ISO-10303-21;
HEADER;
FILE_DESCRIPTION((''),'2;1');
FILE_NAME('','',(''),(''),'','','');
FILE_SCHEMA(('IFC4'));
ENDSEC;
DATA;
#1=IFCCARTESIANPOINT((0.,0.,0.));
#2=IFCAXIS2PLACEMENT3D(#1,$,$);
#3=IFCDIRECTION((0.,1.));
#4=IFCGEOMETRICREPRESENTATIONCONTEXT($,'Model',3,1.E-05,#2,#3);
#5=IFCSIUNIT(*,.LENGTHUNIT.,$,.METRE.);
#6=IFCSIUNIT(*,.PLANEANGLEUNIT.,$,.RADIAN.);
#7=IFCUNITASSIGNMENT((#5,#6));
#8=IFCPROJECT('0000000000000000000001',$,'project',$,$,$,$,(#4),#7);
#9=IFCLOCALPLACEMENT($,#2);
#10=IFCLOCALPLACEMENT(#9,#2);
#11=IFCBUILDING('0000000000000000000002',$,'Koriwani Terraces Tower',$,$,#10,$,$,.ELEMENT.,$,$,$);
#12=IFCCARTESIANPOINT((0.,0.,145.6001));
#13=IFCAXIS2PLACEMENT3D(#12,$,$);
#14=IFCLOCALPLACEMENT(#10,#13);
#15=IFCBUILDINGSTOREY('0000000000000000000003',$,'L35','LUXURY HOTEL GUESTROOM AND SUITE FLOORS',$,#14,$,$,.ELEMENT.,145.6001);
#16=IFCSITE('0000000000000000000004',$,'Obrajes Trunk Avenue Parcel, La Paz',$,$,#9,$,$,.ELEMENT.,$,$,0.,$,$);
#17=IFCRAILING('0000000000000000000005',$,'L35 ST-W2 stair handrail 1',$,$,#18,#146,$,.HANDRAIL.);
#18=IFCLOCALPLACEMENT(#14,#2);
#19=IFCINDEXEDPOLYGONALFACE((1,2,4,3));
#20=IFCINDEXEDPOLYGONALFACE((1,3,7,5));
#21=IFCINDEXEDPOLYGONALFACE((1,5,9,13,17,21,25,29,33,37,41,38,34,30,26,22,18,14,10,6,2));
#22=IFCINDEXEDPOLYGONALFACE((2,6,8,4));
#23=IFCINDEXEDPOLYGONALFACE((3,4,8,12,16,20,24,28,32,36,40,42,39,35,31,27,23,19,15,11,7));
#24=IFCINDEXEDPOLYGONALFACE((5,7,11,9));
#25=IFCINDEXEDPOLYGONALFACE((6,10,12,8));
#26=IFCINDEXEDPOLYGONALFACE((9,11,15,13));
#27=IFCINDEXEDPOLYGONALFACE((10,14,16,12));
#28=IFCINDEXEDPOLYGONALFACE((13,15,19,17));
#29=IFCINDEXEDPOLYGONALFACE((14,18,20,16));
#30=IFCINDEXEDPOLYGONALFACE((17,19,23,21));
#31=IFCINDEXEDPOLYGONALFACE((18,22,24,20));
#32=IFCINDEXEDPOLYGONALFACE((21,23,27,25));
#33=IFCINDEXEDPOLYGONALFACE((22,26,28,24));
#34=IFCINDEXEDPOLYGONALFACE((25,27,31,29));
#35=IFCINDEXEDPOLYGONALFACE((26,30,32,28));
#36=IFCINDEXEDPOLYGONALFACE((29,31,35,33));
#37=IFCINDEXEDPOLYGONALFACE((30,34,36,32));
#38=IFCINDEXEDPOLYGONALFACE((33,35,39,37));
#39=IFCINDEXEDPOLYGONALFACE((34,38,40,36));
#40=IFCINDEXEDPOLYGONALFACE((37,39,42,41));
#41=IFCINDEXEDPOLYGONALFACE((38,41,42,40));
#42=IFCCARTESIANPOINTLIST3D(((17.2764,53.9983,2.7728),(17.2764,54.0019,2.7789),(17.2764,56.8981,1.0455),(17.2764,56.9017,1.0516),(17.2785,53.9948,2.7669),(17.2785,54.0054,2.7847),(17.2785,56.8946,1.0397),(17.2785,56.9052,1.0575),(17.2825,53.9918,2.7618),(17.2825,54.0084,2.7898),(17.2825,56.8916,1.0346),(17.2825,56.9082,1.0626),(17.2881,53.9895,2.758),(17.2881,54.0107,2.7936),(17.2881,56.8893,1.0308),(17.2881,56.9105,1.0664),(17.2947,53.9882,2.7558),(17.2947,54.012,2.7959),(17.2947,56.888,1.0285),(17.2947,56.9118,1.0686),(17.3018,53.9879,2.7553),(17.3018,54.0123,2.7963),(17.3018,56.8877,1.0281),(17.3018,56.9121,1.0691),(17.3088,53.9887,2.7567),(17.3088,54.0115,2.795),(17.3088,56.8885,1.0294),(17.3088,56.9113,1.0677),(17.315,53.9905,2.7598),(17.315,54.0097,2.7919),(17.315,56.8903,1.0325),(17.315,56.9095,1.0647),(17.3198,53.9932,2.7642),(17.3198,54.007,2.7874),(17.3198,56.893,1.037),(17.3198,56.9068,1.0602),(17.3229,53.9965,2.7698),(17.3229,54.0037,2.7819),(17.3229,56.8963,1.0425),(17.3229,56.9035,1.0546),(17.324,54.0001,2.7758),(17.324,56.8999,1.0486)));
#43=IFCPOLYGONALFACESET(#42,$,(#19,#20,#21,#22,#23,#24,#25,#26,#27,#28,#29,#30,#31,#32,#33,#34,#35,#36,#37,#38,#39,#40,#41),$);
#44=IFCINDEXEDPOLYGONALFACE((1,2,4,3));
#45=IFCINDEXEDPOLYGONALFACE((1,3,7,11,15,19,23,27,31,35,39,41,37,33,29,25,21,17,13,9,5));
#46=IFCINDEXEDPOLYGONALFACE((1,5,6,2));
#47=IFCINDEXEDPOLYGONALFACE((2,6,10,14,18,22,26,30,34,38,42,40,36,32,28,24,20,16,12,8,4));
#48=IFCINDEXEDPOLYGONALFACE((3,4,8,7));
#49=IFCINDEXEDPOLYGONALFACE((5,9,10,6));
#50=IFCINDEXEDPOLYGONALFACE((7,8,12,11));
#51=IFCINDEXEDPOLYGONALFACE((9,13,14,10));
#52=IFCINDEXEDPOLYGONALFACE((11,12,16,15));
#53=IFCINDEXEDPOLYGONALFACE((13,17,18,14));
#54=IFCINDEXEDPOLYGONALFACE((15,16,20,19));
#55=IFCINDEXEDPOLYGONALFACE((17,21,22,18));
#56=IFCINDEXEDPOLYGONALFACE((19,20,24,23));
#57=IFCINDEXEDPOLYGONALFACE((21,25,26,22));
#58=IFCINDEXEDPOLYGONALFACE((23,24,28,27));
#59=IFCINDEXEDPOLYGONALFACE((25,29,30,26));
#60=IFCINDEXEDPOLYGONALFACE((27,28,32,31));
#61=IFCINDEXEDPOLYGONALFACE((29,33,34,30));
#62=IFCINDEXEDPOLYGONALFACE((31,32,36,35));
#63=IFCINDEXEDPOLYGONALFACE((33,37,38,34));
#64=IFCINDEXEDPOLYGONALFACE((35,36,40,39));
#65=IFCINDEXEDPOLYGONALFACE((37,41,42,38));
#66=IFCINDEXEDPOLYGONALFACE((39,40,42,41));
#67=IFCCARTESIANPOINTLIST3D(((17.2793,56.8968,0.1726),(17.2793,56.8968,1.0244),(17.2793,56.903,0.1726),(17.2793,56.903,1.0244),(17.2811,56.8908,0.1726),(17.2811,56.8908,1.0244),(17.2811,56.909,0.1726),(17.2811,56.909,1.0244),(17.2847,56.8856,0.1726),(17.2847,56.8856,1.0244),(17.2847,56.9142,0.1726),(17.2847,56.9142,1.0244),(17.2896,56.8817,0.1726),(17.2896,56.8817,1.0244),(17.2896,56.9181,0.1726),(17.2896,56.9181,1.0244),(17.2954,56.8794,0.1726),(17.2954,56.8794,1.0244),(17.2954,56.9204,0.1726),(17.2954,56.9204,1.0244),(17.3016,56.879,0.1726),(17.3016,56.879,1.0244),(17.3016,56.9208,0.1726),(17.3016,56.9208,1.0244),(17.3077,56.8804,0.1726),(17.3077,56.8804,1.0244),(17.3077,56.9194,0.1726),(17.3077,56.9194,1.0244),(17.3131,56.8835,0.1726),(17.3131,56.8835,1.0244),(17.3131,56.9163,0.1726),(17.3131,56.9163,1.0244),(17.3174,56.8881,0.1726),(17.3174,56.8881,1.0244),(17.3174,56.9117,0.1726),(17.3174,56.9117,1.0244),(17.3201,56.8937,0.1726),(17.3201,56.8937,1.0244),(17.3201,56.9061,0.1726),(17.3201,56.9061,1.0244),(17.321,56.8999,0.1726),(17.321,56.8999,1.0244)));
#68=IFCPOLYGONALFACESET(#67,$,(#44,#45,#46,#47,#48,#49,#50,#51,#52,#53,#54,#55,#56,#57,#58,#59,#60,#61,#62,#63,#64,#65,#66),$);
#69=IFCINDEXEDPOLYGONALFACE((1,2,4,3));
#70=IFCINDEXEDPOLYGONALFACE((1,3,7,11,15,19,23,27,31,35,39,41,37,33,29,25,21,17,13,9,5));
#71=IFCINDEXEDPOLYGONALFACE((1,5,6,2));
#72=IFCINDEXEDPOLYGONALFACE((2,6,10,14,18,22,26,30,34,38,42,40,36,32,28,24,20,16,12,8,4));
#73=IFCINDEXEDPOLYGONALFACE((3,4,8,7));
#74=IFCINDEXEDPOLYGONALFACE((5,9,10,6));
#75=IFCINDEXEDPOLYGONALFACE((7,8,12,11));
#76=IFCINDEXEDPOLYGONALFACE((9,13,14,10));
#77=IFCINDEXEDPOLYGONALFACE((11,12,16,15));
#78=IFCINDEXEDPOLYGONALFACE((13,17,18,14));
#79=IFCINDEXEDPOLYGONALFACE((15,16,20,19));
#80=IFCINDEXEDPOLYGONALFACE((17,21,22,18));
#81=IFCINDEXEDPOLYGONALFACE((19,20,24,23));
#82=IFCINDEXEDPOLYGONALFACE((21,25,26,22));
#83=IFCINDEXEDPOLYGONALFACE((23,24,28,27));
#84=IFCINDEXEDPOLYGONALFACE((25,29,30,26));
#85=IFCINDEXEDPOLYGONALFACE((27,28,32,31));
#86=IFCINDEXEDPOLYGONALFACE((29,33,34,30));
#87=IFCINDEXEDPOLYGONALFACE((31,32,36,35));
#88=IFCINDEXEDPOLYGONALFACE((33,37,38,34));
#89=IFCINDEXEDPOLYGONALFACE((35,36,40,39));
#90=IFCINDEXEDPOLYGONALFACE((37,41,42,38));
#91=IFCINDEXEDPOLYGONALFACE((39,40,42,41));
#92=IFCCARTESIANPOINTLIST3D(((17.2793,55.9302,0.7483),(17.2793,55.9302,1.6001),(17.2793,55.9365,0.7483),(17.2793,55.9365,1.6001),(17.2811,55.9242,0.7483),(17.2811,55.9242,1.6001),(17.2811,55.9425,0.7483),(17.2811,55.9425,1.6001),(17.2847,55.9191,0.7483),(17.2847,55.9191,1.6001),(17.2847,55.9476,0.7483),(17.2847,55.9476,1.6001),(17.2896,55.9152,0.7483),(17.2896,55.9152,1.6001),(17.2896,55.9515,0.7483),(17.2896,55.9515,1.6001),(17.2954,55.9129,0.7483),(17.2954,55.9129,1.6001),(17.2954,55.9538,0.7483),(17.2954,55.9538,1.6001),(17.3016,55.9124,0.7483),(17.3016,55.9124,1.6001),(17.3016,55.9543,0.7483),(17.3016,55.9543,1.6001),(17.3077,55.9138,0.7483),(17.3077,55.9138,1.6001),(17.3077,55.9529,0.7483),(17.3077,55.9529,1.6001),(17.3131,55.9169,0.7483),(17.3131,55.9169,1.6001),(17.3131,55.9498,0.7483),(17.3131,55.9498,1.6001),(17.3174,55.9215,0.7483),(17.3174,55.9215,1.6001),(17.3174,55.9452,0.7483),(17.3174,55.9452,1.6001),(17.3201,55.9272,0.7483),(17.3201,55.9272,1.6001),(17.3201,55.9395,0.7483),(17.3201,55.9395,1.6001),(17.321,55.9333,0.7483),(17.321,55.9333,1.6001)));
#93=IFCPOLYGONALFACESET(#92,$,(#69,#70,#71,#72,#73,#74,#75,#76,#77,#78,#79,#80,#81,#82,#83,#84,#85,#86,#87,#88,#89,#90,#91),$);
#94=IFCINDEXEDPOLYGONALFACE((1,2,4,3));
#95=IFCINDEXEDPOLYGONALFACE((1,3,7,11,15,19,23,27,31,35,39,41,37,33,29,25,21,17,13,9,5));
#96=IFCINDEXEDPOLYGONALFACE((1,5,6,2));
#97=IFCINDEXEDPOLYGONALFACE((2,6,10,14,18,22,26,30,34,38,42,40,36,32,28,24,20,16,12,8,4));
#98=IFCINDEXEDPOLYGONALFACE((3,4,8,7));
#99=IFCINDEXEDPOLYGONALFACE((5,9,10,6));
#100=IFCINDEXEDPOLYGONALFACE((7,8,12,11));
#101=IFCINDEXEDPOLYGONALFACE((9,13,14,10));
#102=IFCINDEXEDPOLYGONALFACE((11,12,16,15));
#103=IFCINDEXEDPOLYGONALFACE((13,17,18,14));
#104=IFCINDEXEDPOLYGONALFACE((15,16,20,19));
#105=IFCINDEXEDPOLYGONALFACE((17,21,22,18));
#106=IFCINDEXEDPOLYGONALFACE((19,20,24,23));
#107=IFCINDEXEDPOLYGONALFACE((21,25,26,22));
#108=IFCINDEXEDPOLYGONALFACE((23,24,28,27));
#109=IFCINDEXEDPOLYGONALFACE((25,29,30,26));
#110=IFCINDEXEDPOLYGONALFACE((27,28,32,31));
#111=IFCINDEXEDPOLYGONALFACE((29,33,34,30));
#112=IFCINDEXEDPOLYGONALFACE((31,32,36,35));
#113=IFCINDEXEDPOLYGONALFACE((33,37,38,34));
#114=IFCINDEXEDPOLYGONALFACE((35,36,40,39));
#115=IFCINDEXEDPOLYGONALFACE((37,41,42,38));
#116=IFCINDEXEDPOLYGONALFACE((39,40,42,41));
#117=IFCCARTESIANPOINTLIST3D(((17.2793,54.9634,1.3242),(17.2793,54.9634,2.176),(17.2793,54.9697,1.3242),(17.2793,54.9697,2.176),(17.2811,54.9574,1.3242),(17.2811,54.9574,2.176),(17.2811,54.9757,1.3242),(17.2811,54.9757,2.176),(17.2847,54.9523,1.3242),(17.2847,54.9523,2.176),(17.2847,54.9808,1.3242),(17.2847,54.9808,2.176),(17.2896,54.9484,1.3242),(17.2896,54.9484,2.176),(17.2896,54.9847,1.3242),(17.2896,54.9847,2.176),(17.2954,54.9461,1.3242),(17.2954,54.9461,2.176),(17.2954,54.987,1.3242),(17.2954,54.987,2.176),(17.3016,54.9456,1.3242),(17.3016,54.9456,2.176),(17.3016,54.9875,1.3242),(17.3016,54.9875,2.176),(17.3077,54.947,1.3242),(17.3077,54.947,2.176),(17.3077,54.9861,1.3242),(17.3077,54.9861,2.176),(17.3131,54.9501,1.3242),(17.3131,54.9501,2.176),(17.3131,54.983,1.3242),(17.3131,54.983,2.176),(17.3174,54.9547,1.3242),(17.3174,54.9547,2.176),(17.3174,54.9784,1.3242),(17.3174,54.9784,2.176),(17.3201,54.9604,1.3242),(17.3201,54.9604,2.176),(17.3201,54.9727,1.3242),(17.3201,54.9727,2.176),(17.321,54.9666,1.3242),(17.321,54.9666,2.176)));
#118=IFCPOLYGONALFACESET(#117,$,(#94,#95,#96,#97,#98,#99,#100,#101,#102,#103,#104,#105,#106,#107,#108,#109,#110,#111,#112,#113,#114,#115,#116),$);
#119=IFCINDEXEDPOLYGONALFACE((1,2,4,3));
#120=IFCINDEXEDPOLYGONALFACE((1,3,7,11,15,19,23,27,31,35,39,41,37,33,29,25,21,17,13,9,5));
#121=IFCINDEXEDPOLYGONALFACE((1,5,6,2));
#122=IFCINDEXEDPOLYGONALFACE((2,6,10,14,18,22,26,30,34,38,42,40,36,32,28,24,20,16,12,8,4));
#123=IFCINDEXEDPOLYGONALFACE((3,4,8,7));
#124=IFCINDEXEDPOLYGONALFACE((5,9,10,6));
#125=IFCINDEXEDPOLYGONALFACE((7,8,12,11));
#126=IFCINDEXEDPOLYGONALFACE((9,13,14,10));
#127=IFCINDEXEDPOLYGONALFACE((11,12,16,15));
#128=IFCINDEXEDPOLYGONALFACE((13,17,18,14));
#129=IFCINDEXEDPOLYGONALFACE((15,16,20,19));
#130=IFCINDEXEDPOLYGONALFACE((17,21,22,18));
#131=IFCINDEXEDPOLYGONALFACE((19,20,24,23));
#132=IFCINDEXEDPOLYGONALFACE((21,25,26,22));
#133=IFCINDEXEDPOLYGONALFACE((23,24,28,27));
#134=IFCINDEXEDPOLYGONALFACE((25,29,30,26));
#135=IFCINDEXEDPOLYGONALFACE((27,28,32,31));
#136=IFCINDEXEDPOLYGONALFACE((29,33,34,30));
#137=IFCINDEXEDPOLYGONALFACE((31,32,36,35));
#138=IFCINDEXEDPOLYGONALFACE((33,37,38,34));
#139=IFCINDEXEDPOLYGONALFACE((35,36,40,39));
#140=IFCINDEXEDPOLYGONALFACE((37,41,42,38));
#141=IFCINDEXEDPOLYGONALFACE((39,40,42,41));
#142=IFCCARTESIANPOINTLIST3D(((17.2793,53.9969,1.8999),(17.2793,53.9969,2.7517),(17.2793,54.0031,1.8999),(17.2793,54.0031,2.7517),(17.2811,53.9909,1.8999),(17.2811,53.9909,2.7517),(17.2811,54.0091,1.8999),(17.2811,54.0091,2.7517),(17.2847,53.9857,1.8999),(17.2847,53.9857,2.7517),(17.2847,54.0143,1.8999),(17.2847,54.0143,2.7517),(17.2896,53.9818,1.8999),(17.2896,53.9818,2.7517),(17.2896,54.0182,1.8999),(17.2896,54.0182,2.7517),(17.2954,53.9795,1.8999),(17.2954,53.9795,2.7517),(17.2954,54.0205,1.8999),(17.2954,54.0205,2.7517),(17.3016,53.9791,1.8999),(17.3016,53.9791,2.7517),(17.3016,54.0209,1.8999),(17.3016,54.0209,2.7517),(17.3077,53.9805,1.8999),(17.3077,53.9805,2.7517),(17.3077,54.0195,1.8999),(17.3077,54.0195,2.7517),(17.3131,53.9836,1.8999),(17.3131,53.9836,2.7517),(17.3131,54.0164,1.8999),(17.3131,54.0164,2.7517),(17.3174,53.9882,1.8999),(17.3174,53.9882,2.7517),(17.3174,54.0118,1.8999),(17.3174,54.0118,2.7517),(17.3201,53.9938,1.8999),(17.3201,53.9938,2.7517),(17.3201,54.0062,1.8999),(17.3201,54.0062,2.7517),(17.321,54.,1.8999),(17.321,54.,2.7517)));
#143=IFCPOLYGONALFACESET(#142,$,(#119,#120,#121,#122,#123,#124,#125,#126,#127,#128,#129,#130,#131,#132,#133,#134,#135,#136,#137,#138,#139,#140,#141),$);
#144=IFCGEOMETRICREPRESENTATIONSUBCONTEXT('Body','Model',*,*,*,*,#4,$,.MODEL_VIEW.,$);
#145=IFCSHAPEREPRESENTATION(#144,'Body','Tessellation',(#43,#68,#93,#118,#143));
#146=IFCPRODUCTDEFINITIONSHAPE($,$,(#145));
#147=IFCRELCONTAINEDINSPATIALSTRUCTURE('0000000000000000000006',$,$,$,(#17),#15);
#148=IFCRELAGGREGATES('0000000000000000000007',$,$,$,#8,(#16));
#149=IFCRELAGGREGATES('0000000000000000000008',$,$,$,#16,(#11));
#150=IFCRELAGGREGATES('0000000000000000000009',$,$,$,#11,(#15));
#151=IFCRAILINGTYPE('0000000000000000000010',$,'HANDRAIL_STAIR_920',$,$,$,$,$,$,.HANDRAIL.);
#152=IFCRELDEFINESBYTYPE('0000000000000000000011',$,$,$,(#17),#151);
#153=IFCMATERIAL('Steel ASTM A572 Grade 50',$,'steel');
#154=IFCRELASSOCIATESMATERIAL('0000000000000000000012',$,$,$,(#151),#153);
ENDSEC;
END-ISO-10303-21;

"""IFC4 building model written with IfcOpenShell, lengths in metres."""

from ifc_helpers import new_model, si_unit, direction, frame, origin, origin_2d, place, context, subcontext, project, spatial, circle, extrude, material, type_object, element, save


model = new_model("IFC4")

# Units and contexts
model_context = context("Model", 3, precision=1e-05, world=origin(), true_north=direction((0.0, 1.0)))
body_context = subcontext(model_context, "Body", "Model", "MODEL_VIEW")
ifc_project = project(units=[si_unit("LENGTHUNIT", "METRE"), si_unit("PLANEANGLEUNIT", "RADIAN")], contexts=[model_context])

# Site, building, storey
site_placement = place(None, origin())
site = spatial("IfcSite", under=ifc_project, at=site_placement, Name="Obrajes Trunk Avenue Parcel, La Paz", CompositionType="ELEMENT", RefElevation=0.0)
building_placement = place(site_placement, origin())
building = spatial("IfcBuilding", under=site, at=building_placement, Name="Koriwani Terraces Tower", CompositionType="ELEMENT")
storey_placement = place(building_placement, frame((0.0, 0.0, 145.6001)))
storey = spatial("IfcBuildingStorey", under=building, at=storey_placement, Name="L35", Description="LUXURY HOTEL GUESTROOM AND SUITE FLOORS", CompositionType="ELEMENT", Elevation=145.6001)

# Shared definitions
ifc_material_1 = material(Name="Steel ASTM A572 Grade 50", Category="steel")

# Railing
railing_type_1 = type_object("IfcRailingType", Name="HANDRAIL_STAIR_920", PredefinedType="HANDRAIL", material=ifc_material_1)
for number, where, name in (
    (1, (17.3, 56.8999, 0.1726), "L35 ST-W2 stair handrail 1"),
):
    element("IfcRailing", number, at=place(storey_placement, frame(where)), inside=storey, type_object=railing_type_1, Name=name, PredefinedType="HANDRAIL", context=body_context, shape_type="SweptSolid", body=[
        extrude(circle(Radius=0.0239, at=origin_2d()), frame((0.0, 0.0, 0.876), z_axis=(0.0, -0.859141, 0.511738), x_axis=(1.0, 0.0, 0.0)), (0.0, 0.0, 1.0), 3.3752),
        extrude(circle(Radius=0.021, at=origin_2d()), origin(), (0.0, 0.0, 1.0), 0.8518),
        extrude(circle(Radius=0.021, at=origin_2d()), frame((0.0, -0.9666, 0.5757)), (0.0, 0.0, 1.0), 0.8518),
        extrude(circle(Radius=0.021, at=origin_2d()), frame((0.0, -1.9333, 1.1516)), (0.0, 0.0, 1.0), 0.8518),
        extrude(circle(Radius=0.021, at=origin_2d()), frame((0.0, -2.8999, 1.7273)), (0.0, 0.0, 1.0), 0.8518),
    ])

save(model, "model.ifc")
